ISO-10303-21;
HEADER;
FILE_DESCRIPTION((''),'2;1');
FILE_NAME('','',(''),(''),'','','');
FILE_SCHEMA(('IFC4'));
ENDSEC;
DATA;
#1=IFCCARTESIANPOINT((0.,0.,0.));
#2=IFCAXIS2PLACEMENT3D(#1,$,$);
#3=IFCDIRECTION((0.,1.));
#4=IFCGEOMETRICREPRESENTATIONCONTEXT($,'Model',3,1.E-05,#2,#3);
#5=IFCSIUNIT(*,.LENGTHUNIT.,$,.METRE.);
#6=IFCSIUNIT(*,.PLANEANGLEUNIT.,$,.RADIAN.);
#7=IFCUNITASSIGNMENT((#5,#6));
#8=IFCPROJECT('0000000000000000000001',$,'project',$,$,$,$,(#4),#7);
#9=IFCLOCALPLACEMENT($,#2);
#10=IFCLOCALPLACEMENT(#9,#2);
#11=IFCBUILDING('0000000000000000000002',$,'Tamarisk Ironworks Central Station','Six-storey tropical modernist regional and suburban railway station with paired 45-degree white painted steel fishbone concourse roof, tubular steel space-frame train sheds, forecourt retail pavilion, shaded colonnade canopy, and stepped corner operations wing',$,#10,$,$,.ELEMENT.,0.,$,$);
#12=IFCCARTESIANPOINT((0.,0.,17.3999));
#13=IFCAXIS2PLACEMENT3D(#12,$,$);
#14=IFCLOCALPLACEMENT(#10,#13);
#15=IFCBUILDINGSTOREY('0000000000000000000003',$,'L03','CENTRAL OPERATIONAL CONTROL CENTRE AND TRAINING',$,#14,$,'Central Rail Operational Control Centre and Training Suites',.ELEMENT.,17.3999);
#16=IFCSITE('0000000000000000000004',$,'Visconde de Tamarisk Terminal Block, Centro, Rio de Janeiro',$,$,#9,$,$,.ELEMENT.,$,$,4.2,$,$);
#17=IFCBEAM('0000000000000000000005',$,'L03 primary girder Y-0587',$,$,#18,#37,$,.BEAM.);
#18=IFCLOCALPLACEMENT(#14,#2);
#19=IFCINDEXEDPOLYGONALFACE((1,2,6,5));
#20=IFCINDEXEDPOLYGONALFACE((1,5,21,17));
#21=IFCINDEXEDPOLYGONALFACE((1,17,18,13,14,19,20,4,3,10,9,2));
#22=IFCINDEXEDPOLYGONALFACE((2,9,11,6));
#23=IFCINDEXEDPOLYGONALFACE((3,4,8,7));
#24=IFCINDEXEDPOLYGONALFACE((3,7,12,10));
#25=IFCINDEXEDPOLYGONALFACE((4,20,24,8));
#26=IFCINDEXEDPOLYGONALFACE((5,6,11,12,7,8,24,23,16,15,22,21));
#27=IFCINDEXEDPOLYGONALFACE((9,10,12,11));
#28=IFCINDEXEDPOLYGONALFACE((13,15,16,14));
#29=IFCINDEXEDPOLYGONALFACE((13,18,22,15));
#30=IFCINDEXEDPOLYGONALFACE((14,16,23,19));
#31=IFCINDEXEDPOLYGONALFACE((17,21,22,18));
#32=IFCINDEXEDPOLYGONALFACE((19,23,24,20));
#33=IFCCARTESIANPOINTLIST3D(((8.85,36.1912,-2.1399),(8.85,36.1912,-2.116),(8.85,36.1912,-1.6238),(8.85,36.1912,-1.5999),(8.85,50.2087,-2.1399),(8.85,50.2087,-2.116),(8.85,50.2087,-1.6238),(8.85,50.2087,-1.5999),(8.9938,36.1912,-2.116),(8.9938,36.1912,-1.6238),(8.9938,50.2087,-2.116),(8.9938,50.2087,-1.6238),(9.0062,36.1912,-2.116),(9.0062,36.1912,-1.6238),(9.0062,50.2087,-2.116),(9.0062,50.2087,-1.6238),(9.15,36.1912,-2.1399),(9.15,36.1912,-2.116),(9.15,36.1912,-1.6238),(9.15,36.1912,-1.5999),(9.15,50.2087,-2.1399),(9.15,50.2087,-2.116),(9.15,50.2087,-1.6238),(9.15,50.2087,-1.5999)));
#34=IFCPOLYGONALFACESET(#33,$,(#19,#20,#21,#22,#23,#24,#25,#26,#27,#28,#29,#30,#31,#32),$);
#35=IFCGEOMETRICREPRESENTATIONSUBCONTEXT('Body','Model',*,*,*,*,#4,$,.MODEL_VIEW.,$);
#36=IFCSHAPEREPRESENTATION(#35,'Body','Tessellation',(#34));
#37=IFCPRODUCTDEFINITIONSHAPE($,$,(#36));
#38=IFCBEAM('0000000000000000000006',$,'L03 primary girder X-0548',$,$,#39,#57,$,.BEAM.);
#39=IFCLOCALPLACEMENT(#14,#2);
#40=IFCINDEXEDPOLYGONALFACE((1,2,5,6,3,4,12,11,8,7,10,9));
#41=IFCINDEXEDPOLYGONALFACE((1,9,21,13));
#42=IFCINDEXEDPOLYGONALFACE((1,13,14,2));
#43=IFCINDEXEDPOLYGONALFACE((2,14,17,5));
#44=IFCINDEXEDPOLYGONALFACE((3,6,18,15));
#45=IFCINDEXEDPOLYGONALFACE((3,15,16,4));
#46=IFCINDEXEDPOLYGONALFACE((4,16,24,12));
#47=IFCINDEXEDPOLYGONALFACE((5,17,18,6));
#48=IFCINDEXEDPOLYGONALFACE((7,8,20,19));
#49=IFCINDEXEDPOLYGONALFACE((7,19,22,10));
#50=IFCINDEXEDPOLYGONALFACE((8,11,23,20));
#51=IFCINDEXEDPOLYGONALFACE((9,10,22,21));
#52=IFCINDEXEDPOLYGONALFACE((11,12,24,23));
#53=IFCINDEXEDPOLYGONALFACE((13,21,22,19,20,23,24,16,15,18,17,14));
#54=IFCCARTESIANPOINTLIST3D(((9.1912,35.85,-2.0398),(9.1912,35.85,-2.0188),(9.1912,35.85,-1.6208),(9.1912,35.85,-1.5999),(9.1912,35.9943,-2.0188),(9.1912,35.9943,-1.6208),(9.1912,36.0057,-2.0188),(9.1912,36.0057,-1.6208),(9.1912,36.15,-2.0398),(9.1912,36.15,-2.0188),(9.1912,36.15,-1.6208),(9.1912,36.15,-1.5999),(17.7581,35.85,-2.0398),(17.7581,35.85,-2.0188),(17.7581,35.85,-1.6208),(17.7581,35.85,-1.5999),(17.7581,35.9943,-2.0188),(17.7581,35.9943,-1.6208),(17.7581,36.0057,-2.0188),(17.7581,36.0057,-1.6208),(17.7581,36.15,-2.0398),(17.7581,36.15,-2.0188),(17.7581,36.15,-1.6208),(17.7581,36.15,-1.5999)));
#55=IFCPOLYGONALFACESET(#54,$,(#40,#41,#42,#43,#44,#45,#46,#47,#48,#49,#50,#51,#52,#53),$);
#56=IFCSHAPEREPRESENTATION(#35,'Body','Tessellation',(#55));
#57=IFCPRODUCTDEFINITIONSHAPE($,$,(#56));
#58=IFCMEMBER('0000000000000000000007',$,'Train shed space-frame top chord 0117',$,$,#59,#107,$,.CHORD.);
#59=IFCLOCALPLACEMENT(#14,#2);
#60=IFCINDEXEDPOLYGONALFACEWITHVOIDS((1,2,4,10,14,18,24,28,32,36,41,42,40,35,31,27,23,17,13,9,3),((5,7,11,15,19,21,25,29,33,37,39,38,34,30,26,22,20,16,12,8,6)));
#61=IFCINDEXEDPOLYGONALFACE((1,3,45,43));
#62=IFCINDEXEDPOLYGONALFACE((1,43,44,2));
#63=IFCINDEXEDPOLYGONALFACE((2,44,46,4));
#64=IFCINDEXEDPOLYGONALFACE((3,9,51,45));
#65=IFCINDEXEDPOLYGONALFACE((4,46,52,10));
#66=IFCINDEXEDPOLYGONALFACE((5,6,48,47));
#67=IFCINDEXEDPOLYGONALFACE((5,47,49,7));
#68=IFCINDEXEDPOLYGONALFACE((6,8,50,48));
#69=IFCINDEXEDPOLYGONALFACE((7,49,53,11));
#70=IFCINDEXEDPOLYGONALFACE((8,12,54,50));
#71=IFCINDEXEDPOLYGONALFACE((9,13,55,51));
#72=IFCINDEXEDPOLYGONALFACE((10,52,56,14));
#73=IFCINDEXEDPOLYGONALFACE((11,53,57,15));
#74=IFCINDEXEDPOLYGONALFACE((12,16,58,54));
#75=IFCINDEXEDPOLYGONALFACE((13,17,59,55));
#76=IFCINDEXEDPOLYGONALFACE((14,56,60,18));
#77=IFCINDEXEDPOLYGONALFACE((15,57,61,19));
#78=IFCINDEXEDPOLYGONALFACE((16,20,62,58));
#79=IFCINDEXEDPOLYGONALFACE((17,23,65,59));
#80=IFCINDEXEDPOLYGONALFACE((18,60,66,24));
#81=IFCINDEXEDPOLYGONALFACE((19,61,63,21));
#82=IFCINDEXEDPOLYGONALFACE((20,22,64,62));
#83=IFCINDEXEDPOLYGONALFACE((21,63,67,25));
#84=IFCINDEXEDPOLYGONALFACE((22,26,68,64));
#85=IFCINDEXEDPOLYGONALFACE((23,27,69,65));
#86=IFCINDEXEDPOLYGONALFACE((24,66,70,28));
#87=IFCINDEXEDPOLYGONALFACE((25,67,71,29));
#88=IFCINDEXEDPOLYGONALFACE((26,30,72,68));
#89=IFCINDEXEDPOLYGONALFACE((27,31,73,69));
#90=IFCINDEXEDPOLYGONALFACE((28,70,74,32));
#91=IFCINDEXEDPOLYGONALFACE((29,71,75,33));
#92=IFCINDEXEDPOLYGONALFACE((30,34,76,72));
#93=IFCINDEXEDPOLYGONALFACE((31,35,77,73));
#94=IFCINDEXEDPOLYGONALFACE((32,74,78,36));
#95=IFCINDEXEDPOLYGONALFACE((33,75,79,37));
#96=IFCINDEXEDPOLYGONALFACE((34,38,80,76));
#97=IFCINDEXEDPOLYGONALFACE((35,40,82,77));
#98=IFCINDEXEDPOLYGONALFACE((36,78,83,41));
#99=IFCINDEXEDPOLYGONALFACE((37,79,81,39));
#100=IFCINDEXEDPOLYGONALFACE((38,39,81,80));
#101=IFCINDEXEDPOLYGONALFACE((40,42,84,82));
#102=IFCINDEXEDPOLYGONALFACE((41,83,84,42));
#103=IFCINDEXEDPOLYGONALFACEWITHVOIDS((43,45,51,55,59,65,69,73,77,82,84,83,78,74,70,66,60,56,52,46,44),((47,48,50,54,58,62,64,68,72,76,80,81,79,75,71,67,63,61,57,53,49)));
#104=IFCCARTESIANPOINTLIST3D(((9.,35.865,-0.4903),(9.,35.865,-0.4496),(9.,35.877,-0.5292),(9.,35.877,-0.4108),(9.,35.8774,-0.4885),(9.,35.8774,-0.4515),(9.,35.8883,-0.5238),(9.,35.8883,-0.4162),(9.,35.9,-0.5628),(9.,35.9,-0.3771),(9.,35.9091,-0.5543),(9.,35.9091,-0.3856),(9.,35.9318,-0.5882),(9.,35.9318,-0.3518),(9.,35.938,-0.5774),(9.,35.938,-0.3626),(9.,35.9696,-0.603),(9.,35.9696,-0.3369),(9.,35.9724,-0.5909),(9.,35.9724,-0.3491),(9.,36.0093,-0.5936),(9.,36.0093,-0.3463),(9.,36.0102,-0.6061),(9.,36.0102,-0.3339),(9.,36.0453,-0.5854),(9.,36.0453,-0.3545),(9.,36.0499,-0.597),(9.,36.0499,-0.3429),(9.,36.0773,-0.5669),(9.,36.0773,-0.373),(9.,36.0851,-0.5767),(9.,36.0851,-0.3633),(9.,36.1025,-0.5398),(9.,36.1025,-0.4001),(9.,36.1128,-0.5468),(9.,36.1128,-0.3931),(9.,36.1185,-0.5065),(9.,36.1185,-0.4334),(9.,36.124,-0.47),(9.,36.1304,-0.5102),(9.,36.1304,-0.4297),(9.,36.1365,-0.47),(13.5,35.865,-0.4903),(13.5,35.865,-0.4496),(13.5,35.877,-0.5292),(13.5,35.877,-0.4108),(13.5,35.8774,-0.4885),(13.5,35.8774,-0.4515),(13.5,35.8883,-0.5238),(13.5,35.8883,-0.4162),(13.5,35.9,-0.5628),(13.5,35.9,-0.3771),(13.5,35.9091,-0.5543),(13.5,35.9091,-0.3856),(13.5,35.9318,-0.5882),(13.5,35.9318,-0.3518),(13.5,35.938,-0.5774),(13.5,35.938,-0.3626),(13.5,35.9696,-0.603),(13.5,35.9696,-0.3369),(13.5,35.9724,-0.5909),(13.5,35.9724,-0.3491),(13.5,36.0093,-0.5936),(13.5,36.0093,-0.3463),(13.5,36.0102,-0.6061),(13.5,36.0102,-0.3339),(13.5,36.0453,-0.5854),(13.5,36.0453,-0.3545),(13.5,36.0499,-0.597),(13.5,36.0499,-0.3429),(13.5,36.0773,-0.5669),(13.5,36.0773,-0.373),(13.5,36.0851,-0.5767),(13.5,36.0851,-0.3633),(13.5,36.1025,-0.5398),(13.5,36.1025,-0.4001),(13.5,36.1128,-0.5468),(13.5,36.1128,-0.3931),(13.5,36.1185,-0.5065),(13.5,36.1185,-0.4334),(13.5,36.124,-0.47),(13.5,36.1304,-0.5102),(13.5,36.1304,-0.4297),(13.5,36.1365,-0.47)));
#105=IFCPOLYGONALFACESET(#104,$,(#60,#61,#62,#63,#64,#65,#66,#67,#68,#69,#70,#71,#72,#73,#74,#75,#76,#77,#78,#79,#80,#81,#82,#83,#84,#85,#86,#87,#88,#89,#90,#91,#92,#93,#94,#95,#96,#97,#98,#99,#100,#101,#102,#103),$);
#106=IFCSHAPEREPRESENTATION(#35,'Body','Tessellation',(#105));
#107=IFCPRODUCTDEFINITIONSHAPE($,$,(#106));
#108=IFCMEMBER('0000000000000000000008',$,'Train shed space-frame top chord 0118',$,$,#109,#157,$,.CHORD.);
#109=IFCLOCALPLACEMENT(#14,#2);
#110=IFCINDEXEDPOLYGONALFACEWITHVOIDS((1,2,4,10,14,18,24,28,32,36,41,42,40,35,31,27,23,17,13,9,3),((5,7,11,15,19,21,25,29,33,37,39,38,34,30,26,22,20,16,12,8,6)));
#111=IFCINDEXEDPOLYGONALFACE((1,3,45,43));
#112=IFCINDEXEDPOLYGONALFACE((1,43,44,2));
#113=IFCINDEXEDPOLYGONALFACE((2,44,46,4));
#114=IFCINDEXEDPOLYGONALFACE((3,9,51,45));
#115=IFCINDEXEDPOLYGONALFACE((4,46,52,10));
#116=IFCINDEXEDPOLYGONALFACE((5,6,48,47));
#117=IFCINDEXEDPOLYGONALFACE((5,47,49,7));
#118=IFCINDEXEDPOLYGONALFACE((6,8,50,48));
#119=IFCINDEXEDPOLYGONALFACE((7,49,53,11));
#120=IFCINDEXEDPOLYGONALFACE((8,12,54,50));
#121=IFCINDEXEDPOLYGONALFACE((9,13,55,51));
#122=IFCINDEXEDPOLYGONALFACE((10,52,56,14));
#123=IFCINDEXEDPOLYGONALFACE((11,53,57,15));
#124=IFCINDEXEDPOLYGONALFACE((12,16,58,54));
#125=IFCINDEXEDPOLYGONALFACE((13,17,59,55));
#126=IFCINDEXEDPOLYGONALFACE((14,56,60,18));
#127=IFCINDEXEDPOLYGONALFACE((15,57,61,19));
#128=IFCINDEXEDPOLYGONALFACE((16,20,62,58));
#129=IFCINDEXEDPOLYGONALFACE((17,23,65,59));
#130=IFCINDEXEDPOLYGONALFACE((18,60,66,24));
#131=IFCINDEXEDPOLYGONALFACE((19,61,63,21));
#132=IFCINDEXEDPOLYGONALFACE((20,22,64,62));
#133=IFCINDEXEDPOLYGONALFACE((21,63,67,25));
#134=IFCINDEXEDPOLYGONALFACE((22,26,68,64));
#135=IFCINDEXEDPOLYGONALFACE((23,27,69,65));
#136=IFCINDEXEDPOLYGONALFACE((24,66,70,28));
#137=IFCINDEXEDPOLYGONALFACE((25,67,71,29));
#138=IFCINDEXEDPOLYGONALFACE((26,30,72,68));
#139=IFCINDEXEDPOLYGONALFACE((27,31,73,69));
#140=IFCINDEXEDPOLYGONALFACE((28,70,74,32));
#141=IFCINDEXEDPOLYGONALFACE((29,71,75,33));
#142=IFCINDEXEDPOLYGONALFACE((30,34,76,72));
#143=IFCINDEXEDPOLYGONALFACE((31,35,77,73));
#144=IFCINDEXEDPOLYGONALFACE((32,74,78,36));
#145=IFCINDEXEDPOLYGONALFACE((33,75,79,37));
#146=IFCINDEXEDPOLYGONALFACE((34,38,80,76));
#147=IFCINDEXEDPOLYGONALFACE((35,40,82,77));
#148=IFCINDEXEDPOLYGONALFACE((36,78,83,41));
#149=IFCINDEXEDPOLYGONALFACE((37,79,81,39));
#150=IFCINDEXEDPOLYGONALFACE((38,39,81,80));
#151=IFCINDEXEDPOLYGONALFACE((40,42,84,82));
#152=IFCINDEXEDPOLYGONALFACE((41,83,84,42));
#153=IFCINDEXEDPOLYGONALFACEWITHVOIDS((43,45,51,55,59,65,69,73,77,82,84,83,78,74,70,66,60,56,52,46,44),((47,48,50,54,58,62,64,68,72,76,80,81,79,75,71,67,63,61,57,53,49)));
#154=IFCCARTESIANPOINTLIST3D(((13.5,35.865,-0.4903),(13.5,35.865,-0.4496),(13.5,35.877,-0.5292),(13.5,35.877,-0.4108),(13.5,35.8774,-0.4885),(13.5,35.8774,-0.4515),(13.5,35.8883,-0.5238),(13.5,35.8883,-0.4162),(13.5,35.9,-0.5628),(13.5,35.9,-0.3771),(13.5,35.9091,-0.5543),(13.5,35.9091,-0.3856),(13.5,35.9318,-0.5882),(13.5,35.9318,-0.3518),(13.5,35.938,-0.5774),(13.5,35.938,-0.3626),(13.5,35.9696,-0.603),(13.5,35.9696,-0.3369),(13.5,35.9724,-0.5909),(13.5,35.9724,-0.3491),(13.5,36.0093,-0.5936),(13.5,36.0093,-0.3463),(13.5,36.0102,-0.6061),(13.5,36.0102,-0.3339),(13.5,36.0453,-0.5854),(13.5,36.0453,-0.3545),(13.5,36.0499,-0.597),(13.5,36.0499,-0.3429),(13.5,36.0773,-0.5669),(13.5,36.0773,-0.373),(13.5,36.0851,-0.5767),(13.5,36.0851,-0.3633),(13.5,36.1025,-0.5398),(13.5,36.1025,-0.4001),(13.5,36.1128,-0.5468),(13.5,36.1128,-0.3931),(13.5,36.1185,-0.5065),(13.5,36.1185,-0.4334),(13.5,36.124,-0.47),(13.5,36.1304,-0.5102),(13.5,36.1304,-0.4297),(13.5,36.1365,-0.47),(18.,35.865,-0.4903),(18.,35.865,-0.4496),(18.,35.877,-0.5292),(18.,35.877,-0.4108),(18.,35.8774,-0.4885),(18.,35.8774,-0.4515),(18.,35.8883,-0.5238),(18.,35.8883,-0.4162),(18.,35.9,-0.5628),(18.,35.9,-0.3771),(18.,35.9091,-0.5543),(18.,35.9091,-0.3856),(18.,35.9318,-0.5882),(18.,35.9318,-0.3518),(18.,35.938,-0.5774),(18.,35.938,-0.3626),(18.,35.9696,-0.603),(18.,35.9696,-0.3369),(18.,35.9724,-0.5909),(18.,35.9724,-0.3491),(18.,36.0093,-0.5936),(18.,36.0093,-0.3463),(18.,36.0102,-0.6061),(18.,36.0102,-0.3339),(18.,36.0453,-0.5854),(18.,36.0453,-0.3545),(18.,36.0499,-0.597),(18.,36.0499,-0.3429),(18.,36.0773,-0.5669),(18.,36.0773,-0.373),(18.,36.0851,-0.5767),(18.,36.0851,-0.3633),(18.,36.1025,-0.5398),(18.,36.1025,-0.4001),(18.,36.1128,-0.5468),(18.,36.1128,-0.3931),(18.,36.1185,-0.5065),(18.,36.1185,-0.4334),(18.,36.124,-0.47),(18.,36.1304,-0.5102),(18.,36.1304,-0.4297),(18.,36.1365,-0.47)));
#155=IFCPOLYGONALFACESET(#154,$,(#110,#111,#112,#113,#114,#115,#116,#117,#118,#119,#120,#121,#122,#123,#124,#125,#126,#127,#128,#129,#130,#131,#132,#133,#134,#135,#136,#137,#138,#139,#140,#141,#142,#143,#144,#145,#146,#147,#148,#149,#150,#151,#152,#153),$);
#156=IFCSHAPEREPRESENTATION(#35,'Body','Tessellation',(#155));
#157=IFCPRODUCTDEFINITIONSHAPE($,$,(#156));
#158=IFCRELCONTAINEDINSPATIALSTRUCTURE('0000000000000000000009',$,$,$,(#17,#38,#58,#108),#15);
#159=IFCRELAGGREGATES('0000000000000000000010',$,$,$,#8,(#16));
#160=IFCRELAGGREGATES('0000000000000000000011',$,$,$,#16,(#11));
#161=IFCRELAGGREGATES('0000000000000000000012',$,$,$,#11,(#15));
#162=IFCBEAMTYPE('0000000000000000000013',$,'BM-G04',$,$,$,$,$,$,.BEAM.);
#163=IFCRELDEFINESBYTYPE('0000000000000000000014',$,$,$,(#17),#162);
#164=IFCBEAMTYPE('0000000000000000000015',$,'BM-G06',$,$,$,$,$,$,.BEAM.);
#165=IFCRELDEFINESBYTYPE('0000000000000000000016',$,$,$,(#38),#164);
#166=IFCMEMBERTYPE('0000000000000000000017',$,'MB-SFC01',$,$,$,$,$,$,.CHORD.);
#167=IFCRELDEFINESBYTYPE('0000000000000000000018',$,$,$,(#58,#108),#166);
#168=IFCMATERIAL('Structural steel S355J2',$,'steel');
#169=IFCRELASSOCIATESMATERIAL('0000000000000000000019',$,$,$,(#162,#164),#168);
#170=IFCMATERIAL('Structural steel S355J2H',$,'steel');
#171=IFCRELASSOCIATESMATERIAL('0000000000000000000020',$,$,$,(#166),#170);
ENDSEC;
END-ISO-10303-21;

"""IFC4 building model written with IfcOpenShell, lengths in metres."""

from ifc_helpers import new_model, si_unit, direction, frame, origin, origin_2d, place, context, subcontext, project, spatial, hollow_circle, i_section, extrude, material, material_profile, profile_set, type_object, element, save


model = new_model("IFC4")

# Units and contexts
model_context = context("Model", 3, precision=1e-05, world=origin(), true_north=direction((0.0, 1.0)))
body_context = subcontext(model_context, "Body", "Model", "MODEL_VIEW")
ifc_project = project(units=[si_unit("LENGTHUNIT", "METRE"), si_unit("PLANEANGLEUNIT", "RADIAN")], contexts=[model_context])

# Site, building, storey
site_placement = place(None, origin())
site = spatial("IfcSite", under=ifc_project, at=site_placement, Name="Visconde de Tamarisk Terminal Block, Centro, Rio de Janeiro", CompositionType="ELEMENT", RefElevation=4.2)
building_placement = place(site_placement, origin())
building = spatial("IfcBuilding", under=site, at=building_placement, Name="Tamarisk Ironworks Central Station", Description="Six-storey tropical modernist regional and suburban railway station with paired 45-degree white painted steel fishbone concourse roof, tubular steel space-frame train sheds, forecourt retail pavilion, shaded colonnade canopy, and stepped corner operations wing", CompositionType="ELEMENT", ElevationOfRefHeight=0.0)
storey_placement = place(building_placement, frame((0.0, 0.0, 17.3999)))
storey = spatial("IfcBuildingStorey", under=building, at=storey_placement, Name="L03", Description="CENTRAL OPERATIONAL CONTROL CENTRE AND TRAINING", LongName="Central Rail Operational Control Centre and Training Suites", CompositionType="ELEMENT", Elevation=17.3999)

# Beams
ifc_material_1 = material(Name="Structural steel S355J2", Category="steel")
ifc_material_profile_1 = material_profile(ifc_material_1, i_section(OverallWidth=0.3, OverallDepth=0.54, WebThickness=0.0125, FlangeThickness=0.0239, at=origin_2d()), Name="HEA 550")
ifc_profile_set_1 = profile_set([ifc_material_profile_1], Name="Structural steel S355J2")
beam_type_1 = type_object("IfcBeamType", Name="BM-G04", PredefinedType="BEAM", material=ifc_profile_set_1)
beam_1_placement = place(storey_placement, frame((9.0, 36.1912, -1.8699), z_axis=(0.0, 1.0, 0.0), x_axis=(-1.0, 0.0, 0.0)))
element("IfcBeam", 1, at=beam_1_placement, inside=storey, type_object=beam_type_1, Name="L03 primary girder Y-0587", PredefinedType="BEAM", context=body_context, shape_type="SweptSolid", body=[
    extrude(i_section(OverallWidth=0.3, OverallDepth=0.54, WebThickness=0.0125, FlangeThickness=0.0239, at=origin_2d()), origin(), (0.0, 0.0, 1.0), 14.0176),
])
ifc_material_profile_2 = material_profile(ifc_material_1, i_section(OverallWidth=0.3, OverallDepth=0.4399, WebThickness=0.0115, FlangeThickness=0.021, at=origin_2d()), Name="HEA 450")
ifc_profile_set_2 = profile_set([ifc_material_profile_2], Name="Structural steel S355J2")
beam_type_2 = type_object("IfcBeamType", Name="BM-G06", PredefinedType="BEAM", material=ifc_profile_set_2)
beam_2_placement = place(storey_placement, frame((9.1912, 36.0, -1.8198), z_axis=(1.0, 0.0, 0.0), x_axis=(0.0, 1.0, 0.0)))
element("IfcBeam", 2, at=beam_2_placement, inside=storey, type_object=beam_type_2, Name="L03 primary girder X-0548", PredefinedType="BEAM", context=body_context, shape_type="SweptSolid", body=[
    extrude(i_section(OverallWidth=0.3, OverallDepth=0.4399, WebThickness=0.0115, FlangeThickness=0.021, at=origin_2d()), origin(), (0.0, 0.0, 1.0), 8.5669),
])

# Members
ifc_material_2 = material(Name="Structural steel S355J2H", Category="steel")
ifc_material_profile_3 = material_profile(ifc_material_2, hollow_circle(Radius=0.1365, WallThickness=0.0125, at=origin_2d()), Name="CHS 273x12.5")
ifc_profile_set_3 = profile_set([ifc_material_profile_3], Name="Structural steel S355J2H")
member_type_1 = type_object("IfcMemberType", Name="MB-SFC01", PredefinedType="CHORD", material=ifc_profile_set_3)
for number, where, z_axis, x_axis, name in (
    (3, (9.0, 36.0, -0.47), (1.0, 0.0, 0.0), (0.0, 1.0, 0.0), "Train shed space-frame top chord 0117"),
    (4, (13.5, 36.0, -0.47), (1.0, 0.0, 0.0), (0.0, 1.0, 0.0), "Train shed space-frame top chord 0118"),
):
    element("IfcMember", number, at=place(storey_placement, frame(where, z_axis=z_axis, x_axis=x_axis)), inside=storey, type_object=member_type_1, Name=name, PredefinedType="CHORD", context=body_context, shape_type="SweptSolid", body=[
        extrude(hollow_circle(Radius=0.1365, WallThickness=0.0125, at=origin_2d()), origin(), (0.0, 0.0, 1.0), 4.5),
    ])

save(model, "model.ifc")
